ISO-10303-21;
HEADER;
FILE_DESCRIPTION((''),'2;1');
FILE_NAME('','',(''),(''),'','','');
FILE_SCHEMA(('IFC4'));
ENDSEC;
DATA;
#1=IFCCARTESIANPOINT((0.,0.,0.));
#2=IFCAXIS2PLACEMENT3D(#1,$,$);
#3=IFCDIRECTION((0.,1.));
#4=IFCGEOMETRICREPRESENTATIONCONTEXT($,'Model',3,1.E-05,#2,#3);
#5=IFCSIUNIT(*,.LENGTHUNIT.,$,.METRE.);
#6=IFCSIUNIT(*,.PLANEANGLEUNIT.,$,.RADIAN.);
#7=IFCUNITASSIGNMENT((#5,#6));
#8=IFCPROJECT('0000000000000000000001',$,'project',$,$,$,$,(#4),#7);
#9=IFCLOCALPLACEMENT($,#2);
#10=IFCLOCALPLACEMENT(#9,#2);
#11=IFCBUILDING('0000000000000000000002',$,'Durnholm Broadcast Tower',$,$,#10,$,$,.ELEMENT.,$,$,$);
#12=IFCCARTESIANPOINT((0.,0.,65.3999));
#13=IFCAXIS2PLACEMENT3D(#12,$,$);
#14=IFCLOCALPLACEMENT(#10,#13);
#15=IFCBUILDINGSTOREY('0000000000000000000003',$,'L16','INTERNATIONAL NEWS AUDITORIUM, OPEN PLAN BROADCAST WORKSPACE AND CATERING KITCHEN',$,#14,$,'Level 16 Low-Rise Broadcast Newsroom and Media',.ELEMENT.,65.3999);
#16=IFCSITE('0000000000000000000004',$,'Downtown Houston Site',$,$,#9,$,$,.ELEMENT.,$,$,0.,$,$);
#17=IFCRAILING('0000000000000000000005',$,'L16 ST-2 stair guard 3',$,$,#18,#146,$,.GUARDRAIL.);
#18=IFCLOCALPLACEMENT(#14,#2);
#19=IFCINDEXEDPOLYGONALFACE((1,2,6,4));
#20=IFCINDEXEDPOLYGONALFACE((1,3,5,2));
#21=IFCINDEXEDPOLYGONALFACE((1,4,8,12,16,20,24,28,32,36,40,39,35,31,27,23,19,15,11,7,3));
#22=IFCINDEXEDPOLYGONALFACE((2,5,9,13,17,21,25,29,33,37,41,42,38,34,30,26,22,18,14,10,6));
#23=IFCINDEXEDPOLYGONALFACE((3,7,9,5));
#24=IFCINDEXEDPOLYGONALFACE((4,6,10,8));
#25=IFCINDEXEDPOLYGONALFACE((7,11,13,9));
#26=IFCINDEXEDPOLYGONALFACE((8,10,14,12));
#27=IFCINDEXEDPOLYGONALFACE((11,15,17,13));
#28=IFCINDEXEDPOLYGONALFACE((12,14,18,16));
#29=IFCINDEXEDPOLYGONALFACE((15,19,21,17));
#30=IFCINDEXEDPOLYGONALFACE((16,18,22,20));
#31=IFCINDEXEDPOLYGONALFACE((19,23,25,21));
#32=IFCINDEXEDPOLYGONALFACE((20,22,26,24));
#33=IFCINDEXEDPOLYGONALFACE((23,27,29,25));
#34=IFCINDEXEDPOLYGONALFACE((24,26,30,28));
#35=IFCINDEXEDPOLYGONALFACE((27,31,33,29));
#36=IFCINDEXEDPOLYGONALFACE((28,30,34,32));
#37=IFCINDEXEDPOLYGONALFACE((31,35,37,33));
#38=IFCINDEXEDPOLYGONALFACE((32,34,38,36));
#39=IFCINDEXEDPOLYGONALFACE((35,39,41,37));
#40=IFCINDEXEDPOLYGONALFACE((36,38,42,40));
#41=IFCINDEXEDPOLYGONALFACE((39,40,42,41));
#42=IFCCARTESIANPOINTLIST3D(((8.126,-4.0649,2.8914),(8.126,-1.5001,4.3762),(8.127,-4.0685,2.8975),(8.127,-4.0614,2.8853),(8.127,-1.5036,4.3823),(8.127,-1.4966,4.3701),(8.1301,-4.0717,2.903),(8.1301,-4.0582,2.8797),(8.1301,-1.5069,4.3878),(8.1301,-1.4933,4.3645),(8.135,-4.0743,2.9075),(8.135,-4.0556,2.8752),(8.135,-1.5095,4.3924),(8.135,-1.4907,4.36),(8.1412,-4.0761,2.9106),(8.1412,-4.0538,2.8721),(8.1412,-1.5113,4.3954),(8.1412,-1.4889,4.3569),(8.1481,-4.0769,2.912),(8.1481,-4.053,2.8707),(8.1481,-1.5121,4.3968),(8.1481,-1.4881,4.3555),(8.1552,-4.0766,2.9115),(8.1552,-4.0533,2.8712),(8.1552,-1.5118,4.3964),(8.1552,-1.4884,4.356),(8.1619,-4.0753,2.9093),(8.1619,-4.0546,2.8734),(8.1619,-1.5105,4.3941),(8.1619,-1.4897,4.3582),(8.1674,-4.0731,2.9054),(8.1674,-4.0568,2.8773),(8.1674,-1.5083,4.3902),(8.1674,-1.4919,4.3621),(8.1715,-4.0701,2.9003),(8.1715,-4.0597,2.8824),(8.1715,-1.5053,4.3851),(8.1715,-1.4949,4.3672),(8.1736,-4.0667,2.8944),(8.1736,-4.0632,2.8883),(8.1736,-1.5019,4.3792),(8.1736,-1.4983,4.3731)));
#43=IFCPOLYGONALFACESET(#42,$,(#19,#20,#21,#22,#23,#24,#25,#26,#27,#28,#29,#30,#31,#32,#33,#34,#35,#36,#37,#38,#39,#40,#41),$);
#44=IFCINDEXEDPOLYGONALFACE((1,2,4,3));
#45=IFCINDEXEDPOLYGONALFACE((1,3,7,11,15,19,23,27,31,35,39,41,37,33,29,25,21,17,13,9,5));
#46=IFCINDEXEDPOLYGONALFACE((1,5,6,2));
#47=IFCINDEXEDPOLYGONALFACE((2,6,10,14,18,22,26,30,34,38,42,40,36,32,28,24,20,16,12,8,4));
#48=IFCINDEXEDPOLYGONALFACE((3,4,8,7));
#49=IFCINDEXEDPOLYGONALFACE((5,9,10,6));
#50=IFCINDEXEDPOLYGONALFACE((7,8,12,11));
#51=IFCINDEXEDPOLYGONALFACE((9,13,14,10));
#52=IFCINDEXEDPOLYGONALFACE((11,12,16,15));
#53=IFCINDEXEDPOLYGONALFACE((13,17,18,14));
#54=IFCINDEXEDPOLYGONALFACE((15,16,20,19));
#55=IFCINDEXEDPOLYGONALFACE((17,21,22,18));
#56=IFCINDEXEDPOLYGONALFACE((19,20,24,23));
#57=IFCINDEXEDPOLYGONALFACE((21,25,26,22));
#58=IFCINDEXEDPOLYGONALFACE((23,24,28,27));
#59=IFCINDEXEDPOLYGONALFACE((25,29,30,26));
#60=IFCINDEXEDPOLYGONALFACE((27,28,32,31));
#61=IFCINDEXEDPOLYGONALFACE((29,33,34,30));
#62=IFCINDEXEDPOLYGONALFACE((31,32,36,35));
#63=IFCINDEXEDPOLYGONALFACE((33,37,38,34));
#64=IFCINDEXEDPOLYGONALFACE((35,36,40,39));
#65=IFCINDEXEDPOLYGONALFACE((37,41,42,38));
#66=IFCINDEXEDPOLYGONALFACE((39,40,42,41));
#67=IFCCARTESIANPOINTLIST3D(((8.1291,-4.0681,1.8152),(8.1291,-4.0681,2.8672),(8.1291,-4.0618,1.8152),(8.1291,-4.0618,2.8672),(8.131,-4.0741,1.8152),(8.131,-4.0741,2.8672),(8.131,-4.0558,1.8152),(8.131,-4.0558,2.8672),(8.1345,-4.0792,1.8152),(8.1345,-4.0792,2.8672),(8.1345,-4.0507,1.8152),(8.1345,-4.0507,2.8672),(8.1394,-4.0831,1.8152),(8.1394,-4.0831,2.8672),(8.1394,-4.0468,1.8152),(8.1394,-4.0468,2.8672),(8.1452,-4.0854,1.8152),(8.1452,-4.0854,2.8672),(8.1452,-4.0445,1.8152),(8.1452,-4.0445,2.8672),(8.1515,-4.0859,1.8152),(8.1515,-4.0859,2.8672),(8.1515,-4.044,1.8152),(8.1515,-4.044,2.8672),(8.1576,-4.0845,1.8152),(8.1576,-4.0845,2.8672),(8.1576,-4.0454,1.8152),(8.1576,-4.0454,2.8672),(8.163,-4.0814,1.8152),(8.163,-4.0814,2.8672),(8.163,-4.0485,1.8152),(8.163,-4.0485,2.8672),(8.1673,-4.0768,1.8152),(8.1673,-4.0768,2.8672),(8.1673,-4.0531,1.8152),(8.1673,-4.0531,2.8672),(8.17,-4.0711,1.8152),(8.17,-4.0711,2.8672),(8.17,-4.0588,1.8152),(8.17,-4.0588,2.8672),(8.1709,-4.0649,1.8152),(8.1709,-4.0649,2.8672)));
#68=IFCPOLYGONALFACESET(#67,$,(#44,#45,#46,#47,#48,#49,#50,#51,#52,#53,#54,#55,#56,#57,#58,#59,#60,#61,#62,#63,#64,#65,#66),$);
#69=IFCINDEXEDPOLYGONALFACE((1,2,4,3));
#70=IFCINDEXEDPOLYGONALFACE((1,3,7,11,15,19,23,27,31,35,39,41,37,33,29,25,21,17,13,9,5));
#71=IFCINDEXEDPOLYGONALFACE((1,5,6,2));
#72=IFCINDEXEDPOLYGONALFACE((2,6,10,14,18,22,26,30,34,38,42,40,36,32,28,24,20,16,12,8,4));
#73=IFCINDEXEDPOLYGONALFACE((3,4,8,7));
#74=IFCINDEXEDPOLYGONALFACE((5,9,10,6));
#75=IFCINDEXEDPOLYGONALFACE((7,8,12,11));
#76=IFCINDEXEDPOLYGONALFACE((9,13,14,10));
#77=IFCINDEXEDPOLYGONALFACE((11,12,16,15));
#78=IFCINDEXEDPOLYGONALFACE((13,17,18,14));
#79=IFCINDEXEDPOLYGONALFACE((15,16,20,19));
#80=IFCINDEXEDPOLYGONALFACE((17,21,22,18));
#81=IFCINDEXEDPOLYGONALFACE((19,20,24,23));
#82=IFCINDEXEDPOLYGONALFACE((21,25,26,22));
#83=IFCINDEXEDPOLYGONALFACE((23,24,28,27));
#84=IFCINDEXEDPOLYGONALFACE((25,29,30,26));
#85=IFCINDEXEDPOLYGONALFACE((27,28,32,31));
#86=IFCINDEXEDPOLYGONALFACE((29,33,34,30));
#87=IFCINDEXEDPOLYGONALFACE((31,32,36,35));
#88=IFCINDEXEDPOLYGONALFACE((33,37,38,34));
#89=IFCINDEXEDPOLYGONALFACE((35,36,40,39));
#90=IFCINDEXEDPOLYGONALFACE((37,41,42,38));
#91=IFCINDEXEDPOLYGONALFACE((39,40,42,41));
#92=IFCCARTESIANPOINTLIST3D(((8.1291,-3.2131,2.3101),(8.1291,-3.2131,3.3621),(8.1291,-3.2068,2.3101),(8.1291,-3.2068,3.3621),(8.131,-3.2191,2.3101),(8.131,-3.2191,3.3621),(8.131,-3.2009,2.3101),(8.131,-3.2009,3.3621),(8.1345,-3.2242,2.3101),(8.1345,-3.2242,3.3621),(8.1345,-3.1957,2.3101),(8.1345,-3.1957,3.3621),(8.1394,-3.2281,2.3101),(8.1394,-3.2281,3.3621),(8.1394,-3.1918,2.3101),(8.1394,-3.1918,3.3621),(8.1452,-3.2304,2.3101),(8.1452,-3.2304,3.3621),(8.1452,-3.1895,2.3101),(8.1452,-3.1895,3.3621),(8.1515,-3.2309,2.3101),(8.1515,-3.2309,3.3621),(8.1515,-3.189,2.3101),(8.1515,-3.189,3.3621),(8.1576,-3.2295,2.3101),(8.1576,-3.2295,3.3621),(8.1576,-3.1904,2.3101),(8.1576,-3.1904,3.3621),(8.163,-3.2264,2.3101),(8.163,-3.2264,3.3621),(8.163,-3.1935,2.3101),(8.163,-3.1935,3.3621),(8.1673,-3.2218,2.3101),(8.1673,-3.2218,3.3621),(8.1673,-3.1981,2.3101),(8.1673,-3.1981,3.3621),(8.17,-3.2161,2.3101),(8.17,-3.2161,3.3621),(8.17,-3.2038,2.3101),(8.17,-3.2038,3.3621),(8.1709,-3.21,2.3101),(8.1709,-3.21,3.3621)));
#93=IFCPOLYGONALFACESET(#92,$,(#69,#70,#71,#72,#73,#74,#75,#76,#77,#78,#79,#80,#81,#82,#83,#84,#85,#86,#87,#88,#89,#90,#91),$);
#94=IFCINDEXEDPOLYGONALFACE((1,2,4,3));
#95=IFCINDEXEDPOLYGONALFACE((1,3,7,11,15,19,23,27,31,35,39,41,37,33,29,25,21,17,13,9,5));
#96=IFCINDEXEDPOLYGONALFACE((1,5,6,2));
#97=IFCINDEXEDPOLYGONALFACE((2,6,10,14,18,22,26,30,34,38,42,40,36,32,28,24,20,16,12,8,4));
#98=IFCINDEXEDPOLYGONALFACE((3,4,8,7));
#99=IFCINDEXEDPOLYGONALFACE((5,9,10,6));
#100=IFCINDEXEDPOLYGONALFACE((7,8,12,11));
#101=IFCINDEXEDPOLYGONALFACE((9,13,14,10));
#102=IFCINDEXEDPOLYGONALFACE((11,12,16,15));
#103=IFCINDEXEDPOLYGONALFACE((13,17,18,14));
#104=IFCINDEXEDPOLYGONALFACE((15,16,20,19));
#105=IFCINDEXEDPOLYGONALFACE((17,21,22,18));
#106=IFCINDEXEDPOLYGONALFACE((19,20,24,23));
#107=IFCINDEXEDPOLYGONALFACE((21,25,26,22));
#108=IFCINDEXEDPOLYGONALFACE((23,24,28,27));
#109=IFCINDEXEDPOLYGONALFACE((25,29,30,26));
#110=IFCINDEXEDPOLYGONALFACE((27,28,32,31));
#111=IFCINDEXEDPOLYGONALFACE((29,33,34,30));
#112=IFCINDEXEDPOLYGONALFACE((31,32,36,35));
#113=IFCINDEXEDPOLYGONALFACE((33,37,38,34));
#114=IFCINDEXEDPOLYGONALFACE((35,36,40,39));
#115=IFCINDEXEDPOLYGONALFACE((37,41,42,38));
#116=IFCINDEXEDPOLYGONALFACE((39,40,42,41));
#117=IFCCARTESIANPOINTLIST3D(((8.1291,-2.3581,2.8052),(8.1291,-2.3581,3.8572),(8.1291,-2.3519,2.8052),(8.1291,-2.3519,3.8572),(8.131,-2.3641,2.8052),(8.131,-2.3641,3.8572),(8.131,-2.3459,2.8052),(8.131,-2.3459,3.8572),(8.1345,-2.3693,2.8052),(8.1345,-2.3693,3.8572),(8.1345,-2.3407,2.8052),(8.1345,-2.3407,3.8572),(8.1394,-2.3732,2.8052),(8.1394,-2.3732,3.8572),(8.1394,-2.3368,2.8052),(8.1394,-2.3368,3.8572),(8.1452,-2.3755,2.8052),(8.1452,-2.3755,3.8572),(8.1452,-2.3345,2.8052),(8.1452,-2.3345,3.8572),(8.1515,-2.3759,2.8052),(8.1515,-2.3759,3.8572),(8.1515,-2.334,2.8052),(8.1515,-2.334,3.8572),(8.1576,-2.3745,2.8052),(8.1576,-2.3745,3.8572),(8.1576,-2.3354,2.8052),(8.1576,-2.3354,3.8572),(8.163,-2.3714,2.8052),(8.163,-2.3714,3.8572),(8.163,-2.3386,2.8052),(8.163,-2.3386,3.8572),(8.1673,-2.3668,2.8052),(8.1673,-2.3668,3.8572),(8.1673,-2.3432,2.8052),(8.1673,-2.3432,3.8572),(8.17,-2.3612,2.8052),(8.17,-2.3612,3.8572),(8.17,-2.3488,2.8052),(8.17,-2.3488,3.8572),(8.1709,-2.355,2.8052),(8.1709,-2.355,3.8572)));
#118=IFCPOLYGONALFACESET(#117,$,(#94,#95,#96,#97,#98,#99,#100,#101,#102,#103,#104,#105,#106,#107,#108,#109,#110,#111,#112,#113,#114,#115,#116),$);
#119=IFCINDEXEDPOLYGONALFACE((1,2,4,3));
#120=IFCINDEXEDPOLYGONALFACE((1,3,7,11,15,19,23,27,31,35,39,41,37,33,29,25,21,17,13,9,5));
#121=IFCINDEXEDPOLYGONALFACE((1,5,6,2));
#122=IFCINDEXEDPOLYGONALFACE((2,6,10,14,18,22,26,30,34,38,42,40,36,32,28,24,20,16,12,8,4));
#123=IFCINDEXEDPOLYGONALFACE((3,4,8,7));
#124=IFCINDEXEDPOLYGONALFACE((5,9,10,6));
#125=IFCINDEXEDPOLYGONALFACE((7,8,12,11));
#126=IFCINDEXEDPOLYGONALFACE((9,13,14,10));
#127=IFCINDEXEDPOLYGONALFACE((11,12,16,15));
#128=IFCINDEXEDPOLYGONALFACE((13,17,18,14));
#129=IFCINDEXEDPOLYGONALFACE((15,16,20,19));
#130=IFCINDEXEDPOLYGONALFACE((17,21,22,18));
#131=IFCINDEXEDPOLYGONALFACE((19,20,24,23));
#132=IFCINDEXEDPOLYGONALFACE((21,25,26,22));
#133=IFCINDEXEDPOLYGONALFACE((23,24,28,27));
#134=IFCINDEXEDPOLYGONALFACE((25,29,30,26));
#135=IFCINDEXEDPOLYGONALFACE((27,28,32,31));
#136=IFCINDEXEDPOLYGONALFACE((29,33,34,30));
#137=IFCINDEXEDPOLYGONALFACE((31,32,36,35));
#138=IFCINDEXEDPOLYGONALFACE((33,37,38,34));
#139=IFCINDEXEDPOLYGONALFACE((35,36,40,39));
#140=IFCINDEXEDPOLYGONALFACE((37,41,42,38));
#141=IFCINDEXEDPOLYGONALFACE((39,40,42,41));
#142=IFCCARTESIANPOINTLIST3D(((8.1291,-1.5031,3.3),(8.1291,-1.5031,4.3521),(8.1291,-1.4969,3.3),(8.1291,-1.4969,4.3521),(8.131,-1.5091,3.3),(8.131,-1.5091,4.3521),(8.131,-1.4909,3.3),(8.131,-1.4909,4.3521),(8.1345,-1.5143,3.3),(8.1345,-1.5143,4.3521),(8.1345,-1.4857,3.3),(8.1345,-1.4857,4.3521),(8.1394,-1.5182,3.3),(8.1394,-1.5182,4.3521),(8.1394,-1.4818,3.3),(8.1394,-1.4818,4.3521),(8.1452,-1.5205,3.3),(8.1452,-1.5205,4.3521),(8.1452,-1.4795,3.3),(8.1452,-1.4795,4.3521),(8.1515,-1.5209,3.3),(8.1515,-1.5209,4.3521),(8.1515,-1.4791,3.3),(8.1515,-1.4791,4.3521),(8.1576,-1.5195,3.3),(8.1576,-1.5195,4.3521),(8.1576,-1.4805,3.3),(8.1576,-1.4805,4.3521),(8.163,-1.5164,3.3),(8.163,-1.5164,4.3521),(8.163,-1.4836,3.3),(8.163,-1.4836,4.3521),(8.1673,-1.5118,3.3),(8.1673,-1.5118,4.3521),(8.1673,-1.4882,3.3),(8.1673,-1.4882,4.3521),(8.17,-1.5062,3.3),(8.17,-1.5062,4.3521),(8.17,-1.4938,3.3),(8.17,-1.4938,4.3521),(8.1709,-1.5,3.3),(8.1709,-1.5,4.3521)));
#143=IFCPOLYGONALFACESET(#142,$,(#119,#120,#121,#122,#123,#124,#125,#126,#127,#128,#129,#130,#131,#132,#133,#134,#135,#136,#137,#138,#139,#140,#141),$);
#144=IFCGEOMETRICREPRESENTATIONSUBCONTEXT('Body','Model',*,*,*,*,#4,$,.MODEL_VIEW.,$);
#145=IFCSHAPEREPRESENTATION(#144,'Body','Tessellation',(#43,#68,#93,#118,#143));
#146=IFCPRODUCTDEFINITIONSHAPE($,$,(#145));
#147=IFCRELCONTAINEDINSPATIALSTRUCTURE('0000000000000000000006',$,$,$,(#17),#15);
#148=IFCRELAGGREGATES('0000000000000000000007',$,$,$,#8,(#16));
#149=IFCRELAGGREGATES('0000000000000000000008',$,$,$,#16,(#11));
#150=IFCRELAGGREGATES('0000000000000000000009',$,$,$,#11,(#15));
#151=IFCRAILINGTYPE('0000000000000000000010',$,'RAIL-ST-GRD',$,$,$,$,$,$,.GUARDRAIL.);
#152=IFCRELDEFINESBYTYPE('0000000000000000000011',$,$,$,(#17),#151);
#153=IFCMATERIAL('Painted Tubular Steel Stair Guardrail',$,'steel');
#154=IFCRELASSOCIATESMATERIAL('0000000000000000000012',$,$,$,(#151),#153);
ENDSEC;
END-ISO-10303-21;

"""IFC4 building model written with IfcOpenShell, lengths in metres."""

from ifc_helpers import new_model, si_unit, direction, frame, origin, origin_2d, place, context, subcontext, project, spatial, circle, extrude, material, type_object, element, save


model = new_model("IFC4")

# Units and contexts
model_context = context("Model", 3, precision=1e-05, world=origin(), true_north=direction((0.0, 1.0)))
body_context = subcontext(model_context, "Body", "Model", "MODEL_VIEW")
ifc_project = project(units=[si_unit("LENGTHUNIT", "METRE"), si_unit("PLANEANGLEUNIT", "RADIAN")], contexts=[model_context])

# Site, building, storey
site_placement = place(None, origin())
site = spatial("IfcSite", under=ifc_project, at=site_placement, Name="Downtown Houston Site", CompositionType="ELEMENT", RefElevation=0.0)
building_placement = place(site_placement, origin())
building = spatial("IfcBuilding", under=site, at=building_placement, Name="Durnholm Broadcast Tower", CompositionType="ELEMENT")
storey_placement = place(building_placement, frame((0.0, 0.0, 65.3999)))
storey = spatial("IfcBuildingStorey", under=building, at=storey_placement, Name="L16", Description="INTERNATIONAL NEWS AUDITORIUM, OPEN PLAN BROADCAST WORKSPACE AND CATERING KITCHEN", LongName="Level 16 Low-Rise Broadcast Newsroom and Media", CompositionType="ELEMENT", Elevation=65.3999)

# Railing
ifc_material_1 = material(Name="Painted Tubular Steel Stair Guardrail", Category="steel")
railing_type_1 = type_object("IfcRailingType", Name="RAIL-ST-GRD", PredefinedType="GUARDRAIL", material=ifc_material_1)
railing_1_placement = place(storey_placement, frame((8.1499, -4.0649, 1.8152)))
element("IfcRailing", 1, at=railing_1_placement, inside=storey, type_object=railing_type_1, Name="L16 ST-2 stair guard 3", PredefinedType="GUARDRAIL", context=body_context, shape_type="SweptSolid", body=[
    extrude(circle(Radius=0.0239, at=origin_2d()), frame((0.0, 0.0, 1.0762), z_axis=(0.0, 0.865441, 0.50101), x_axis=(-1.0, 0.0, 0.0)), (0.0, 0.0, 1.0), 2.9636),
    extrude(circle(Radius=0.021, at=origin_2d()), origin(), (0.0, 0.0, 1.0), 1.052),
    extrude(circle(Radius=0.021, at=origin_2d()), frame((0.0, 0.855, 0.4949)), (0.0, 0.0, 1.0), 1.052),
    extrude(circle(Radius=0.021, at=origin_2d()), frame((0.0, 1.71, 0.99)), (0.0, 0.0, 1.0), 1.052),
    extrude(circle(Radius=0.021, at=origin_2d()), frame((0.0, 2.5649, 1.4849)), (0.0, 0.0, 1.0), 1.052),
])

save(model, "model.ifc")
